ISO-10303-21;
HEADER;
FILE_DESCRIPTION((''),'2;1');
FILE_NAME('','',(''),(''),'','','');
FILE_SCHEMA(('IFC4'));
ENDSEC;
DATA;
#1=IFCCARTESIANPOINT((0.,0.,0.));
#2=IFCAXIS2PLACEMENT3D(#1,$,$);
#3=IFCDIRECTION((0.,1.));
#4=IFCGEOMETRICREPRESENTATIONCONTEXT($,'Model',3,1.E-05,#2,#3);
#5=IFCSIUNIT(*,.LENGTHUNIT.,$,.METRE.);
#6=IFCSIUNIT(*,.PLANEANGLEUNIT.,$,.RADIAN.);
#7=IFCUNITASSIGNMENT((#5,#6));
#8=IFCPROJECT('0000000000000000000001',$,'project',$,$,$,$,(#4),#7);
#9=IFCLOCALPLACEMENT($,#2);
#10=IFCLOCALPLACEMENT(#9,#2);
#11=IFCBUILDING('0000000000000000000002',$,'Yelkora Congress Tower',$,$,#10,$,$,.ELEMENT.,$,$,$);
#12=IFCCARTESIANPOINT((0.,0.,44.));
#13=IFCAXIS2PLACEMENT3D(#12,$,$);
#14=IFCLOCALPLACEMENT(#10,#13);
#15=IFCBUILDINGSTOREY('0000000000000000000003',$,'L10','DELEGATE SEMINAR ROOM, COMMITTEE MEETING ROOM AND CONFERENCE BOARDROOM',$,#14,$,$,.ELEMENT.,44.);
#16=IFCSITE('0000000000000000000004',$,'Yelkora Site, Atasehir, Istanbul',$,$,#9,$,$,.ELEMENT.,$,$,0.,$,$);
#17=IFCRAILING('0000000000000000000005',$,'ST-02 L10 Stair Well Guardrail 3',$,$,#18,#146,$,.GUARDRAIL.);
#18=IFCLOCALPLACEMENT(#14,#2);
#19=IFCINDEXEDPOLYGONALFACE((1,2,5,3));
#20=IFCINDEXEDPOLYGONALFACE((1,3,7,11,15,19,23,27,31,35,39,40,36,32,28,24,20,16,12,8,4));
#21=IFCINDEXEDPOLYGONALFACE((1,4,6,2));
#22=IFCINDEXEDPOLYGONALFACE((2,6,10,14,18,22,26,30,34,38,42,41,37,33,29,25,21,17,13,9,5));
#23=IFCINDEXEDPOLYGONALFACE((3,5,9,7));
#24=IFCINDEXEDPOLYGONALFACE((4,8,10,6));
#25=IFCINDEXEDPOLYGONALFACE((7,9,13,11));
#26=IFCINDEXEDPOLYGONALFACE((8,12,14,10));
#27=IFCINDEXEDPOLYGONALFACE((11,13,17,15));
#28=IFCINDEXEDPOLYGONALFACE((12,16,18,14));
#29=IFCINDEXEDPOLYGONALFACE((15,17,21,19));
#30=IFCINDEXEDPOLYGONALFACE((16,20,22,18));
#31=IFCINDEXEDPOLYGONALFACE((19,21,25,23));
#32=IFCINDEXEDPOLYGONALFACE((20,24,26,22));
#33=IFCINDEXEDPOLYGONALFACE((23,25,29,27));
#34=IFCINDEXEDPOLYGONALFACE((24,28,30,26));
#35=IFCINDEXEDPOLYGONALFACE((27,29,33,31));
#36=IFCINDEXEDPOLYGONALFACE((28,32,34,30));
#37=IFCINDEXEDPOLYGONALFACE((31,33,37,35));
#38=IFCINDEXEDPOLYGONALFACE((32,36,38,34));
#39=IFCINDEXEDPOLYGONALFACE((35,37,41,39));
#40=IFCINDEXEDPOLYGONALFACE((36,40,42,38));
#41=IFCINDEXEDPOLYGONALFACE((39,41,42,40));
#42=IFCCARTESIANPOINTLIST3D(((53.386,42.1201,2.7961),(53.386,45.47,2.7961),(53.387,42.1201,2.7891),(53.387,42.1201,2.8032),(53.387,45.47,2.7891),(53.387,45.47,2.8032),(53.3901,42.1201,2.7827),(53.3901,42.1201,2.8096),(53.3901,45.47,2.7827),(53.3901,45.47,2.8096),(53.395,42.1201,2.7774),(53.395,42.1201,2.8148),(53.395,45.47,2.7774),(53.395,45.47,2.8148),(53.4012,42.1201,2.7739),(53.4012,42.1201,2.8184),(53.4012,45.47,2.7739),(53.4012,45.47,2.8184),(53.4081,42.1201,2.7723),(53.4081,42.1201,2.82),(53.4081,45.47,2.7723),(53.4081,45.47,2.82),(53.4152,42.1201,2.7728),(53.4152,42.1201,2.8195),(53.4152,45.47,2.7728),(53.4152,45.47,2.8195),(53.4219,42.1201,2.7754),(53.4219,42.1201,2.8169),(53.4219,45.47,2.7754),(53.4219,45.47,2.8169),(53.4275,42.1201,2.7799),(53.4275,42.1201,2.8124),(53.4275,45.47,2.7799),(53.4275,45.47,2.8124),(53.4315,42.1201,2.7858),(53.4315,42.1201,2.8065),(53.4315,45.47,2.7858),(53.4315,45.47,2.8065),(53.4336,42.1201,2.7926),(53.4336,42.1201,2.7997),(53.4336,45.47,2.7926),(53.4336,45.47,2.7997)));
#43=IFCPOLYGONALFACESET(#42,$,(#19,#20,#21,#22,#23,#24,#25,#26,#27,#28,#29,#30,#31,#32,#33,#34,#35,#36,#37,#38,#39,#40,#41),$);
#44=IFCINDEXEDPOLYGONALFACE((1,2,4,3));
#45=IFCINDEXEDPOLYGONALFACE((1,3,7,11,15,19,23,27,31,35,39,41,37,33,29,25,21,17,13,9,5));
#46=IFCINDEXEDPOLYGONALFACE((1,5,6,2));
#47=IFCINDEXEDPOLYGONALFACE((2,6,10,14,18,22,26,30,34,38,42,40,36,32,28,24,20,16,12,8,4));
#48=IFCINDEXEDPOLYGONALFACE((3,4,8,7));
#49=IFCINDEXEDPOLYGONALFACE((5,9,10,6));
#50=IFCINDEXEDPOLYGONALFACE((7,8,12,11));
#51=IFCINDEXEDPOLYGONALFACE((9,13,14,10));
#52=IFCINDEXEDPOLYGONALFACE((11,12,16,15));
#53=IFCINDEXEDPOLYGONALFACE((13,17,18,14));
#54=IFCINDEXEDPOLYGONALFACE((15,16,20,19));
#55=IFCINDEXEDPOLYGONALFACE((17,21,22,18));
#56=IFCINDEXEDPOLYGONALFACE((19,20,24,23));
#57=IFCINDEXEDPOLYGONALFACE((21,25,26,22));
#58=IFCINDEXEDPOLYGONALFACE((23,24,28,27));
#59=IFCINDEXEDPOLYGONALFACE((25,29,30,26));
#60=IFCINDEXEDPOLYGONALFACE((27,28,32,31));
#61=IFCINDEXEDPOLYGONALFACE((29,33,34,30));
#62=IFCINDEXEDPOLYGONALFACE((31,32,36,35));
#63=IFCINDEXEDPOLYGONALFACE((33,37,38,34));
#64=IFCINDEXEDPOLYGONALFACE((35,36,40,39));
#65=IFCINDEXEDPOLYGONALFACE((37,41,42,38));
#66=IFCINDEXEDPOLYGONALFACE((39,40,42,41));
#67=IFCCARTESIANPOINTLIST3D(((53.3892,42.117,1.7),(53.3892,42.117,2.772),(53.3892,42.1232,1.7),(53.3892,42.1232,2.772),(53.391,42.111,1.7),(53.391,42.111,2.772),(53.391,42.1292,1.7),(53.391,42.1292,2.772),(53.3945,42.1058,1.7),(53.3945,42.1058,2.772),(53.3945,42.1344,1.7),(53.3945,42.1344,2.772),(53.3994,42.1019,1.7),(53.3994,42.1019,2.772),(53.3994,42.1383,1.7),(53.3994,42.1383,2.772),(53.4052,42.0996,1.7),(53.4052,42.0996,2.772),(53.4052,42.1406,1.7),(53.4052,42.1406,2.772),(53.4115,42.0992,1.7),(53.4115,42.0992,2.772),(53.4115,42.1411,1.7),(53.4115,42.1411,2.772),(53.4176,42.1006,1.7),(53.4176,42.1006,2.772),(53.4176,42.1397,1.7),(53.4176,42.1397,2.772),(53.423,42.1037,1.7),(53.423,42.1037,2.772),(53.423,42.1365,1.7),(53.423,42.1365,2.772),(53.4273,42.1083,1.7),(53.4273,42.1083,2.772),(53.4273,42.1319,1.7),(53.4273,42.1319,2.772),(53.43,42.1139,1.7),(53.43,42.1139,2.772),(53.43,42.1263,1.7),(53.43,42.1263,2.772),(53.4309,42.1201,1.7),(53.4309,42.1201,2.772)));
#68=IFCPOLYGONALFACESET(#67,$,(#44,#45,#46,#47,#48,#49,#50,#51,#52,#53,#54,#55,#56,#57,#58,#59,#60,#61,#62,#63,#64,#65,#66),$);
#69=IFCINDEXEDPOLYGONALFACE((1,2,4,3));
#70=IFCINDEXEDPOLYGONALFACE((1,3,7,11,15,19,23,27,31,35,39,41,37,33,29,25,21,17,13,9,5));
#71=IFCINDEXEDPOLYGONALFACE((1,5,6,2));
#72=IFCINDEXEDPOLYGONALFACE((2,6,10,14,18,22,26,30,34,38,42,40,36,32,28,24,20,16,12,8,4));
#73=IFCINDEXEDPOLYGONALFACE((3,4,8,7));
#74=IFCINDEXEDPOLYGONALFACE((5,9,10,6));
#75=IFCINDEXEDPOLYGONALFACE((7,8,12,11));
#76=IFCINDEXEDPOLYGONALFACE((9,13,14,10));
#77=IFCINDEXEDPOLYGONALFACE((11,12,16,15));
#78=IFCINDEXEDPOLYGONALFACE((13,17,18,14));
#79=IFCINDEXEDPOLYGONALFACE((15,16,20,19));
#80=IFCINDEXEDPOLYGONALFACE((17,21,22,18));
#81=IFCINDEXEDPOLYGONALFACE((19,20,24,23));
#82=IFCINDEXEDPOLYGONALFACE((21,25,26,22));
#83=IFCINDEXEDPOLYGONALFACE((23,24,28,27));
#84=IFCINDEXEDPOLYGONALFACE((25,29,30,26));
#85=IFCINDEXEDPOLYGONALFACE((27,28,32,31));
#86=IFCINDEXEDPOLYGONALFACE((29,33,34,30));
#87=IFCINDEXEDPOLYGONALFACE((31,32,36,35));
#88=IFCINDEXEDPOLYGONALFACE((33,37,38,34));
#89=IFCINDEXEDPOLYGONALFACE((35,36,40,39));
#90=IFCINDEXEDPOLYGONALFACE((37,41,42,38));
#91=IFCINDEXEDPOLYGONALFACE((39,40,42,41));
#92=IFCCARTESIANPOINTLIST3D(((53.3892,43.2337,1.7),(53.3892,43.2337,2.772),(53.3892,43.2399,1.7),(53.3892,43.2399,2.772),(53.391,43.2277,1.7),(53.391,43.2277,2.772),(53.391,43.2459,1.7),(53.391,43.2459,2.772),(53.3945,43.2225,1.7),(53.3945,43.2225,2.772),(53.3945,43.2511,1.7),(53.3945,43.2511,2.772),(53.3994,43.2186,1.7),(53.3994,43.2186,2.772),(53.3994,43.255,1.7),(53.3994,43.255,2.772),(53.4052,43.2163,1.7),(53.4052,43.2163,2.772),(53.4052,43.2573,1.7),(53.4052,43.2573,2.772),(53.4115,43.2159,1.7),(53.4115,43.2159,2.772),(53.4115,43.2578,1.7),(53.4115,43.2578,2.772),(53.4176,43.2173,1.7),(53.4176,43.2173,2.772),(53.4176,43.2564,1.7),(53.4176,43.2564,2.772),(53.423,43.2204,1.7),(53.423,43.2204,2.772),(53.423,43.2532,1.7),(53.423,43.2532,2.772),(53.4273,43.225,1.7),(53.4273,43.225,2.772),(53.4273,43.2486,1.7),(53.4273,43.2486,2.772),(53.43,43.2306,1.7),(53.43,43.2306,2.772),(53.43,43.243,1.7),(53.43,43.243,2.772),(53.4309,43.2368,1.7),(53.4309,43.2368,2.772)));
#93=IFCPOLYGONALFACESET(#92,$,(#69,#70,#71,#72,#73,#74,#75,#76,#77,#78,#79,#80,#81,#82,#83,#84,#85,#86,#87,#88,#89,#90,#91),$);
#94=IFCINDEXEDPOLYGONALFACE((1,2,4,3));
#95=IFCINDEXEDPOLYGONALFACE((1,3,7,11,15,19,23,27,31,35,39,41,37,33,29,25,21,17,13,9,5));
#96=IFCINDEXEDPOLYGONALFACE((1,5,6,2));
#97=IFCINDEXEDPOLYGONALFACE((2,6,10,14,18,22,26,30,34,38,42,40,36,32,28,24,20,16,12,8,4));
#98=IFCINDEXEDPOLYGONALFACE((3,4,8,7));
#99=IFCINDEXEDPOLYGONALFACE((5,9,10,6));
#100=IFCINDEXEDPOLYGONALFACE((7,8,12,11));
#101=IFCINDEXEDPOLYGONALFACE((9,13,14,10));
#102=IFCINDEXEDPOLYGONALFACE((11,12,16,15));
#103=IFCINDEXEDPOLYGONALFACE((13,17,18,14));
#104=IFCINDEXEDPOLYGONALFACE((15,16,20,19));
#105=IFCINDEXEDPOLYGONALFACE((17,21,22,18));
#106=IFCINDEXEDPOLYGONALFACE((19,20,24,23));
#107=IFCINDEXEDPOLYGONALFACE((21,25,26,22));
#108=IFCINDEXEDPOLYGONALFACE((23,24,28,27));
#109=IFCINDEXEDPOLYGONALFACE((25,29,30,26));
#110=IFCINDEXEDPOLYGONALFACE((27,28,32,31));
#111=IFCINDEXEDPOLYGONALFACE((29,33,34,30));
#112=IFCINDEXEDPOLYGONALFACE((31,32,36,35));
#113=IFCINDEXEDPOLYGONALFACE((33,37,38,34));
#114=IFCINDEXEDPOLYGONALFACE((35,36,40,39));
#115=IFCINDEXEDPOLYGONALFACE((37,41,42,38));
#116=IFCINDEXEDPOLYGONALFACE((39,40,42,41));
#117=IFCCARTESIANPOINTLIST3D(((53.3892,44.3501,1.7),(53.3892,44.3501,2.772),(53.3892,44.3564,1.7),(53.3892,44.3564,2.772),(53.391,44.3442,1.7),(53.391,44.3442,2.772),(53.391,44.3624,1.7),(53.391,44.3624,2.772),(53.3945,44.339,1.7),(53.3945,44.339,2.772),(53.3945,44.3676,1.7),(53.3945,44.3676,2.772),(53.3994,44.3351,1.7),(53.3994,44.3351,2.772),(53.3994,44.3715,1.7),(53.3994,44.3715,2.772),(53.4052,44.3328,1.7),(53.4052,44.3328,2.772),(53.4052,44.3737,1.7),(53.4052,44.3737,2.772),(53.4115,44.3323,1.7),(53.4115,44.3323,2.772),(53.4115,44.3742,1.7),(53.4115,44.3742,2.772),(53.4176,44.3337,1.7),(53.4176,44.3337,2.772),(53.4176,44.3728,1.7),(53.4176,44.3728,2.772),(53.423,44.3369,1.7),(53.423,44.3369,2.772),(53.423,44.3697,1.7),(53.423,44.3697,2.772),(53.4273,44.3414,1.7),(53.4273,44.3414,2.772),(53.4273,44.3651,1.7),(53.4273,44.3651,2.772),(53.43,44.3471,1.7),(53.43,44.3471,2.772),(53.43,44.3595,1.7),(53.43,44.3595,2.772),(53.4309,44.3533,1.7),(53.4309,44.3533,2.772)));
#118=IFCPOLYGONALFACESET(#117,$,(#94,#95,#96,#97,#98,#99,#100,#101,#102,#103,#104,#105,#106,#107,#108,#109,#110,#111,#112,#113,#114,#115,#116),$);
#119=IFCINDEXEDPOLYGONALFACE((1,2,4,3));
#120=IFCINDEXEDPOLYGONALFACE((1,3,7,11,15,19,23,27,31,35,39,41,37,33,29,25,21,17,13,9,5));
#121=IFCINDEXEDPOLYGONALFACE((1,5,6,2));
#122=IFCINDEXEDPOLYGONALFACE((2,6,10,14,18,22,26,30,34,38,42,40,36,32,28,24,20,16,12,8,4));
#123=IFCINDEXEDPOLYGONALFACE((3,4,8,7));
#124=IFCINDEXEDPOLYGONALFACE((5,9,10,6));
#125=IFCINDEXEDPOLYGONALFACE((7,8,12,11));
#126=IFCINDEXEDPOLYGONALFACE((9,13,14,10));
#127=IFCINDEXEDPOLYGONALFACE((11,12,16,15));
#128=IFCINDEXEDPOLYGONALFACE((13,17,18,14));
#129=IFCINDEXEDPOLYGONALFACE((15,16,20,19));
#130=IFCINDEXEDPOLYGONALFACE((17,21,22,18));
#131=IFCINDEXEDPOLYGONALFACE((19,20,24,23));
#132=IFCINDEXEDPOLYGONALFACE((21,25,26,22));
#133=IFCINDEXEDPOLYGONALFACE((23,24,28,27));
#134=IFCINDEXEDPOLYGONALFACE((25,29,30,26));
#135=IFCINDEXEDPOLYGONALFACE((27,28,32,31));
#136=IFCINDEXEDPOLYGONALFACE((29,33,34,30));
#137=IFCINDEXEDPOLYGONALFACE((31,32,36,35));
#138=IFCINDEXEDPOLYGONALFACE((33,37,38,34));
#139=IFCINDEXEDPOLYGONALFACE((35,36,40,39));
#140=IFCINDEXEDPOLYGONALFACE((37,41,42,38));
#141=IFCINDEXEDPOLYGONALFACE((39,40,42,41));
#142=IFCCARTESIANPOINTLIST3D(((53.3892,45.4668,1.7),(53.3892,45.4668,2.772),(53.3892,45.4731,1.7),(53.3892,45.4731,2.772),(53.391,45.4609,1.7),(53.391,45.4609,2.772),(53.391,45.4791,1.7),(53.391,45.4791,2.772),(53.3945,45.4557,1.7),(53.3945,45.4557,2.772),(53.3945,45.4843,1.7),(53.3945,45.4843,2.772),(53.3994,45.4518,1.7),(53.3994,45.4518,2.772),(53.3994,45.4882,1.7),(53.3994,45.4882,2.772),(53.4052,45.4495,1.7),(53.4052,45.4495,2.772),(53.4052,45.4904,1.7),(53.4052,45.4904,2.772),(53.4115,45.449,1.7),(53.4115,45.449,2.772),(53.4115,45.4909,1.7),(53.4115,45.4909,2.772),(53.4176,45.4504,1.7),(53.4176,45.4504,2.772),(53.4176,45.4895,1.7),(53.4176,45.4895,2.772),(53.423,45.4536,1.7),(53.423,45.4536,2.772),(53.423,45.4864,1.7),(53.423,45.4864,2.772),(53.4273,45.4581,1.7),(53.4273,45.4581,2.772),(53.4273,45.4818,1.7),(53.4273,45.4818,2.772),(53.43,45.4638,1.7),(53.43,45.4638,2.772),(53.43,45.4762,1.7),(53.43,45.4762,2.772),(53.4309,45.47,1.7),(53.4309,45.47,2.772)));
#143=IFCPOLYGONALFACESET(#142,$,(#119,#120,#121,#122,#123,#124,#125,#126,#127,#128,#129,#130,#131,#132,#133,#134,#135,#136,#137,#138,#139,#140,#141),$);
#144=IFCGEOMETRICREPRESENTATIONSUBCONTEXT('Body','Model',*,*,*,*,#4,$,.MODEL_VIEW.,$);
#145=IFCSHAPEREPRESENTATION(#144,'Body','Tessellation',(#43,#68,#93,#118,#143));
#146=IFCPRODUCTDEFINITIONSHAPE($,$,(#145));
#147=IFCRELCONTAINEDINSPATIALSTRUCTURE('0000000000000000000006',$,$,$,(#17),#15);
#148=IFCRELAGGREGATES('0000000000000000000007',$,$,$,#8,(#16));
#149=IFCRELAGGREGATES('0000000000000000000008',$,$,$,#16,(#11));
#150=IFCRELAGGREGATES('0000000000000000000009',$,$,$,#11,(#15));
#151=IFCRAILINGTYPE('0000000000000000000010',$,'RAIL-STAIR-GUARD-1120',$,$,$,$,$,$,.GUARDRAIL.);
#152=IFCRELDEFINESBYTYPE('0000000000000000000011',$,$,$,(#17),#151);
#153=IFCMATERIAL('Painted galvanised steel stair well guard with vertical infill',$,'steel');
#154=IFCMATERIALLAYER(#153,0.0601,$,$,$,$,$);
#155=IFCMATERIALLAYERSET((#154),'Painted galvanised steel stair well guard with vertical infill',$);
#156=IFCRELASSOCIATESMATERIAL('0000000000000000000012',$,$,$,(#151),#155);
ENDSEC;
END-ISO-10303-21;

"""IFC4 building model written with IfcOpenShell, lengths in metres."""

from ifc_helpers import new_model, si_unit, direction, frame, origin, origin_2d, place, context, subcontext, project, spatial, circle, extrude, material, layer, layer_set, type_object, element, save


model = new_model("IFC4")

# Units and contexts
model_context = context("Model", 3, precision=1e-05, world=origin(), true_north=direction((0.0, 1.0)))
body_context = subcontext(model_context, "Body", "Model", "MODEL_VIEW")
ifc_project = project(units=[si_unit("LENGTHUNIT", "METRE"), si_unit("PLANEANGLEUNIT", "RADIAN")], contexts=[model_context])

# Site, building, storey
site_placement = place(None, origin())
site = spatial("IfcSite", under=ifc_project, at=site_placement, Name="Yelkora Site, Atasehir, Istanbul", CompositionType="ELEMENT", RefElevation=0.0)
building_placement = place(site_placement, origin())
building = spatial("IfcBuilding", under=site, at=building_placement, Name="Yelkora Congress Tower", CompositionType="ELEMENT")
storey_placement = place(building_placement, frame((0.0, 0.0, 44.0)))
storey = spatial("IfcBuildingStorey", under=building, at=storey_placement, Name="L10", Description="DELEGATE SEMINAR ROOM, COMMITTEE MEETING ROOM AND CONFERENCE BOARDROOM", CompositionType="ELEMENT", Elevation=44.0)

# Railing
ifc_material_1 = material(Name="Painted galvanised steel stair well guard with vertical infill", Category="steel")
ifc_layer_1 = layer(ifc_material_1, 0.0601)
ifc_layer_set_1 = layer_set([ifc_layer_1], Name="Painted galvanised steel stair well guard with vertical infill")
railing_type_1 = type_object("IfcRailingType", Name="RAIL-STAIR-GUARD-1120", PredefinedType="GUARDRAIL", material=ifc_layer_set_1)
railing_1_placement = place(storey_placement, frame((53.4099, 42.1201, 1.7)))
element("IfcRailing", 1, at=railing_1_placement, inside=storey, type_object=railing_type_1, Name="ST-02 L10 Stair Well Guardrail 3", PredefinedType="GUARDRAIL", context=body_context, shape_type="SweptSolid", body=[
    extrude(circle(Radius=0.0239, at=origin_2d()), frame((0.0, 0.0, 1.0962), z_axis=(0.0, 1.0, 0.0), x_axis=(-1.0, 0.0, 0.0)), (0.0, 0.0, 1.0), 3.3499),
    extrude(circle(Radius=0.021, at=origin_2d()), origin(), (0.0, 0.0, 1.0), 1.072),
    extrude(circle(Radius=0.021, at=origin_2d()), frame((0.0, 1.1167, 0.0)), (0.0, 0.0, 1.0), 1.072),
    extrude(circle(Radius=0.021, at=origin_2d()), frame((0.0, 2.2332, 0.0)), (0.0, 0.0, 1.0), 1.072),
    extrude(circle(Radius=0.021, at=origin_2d()), frame((0.0, 3.3499, 0.0)), (0.0, 0.0, 1.0), 1.072),
])

save(model, "model.ifc")
